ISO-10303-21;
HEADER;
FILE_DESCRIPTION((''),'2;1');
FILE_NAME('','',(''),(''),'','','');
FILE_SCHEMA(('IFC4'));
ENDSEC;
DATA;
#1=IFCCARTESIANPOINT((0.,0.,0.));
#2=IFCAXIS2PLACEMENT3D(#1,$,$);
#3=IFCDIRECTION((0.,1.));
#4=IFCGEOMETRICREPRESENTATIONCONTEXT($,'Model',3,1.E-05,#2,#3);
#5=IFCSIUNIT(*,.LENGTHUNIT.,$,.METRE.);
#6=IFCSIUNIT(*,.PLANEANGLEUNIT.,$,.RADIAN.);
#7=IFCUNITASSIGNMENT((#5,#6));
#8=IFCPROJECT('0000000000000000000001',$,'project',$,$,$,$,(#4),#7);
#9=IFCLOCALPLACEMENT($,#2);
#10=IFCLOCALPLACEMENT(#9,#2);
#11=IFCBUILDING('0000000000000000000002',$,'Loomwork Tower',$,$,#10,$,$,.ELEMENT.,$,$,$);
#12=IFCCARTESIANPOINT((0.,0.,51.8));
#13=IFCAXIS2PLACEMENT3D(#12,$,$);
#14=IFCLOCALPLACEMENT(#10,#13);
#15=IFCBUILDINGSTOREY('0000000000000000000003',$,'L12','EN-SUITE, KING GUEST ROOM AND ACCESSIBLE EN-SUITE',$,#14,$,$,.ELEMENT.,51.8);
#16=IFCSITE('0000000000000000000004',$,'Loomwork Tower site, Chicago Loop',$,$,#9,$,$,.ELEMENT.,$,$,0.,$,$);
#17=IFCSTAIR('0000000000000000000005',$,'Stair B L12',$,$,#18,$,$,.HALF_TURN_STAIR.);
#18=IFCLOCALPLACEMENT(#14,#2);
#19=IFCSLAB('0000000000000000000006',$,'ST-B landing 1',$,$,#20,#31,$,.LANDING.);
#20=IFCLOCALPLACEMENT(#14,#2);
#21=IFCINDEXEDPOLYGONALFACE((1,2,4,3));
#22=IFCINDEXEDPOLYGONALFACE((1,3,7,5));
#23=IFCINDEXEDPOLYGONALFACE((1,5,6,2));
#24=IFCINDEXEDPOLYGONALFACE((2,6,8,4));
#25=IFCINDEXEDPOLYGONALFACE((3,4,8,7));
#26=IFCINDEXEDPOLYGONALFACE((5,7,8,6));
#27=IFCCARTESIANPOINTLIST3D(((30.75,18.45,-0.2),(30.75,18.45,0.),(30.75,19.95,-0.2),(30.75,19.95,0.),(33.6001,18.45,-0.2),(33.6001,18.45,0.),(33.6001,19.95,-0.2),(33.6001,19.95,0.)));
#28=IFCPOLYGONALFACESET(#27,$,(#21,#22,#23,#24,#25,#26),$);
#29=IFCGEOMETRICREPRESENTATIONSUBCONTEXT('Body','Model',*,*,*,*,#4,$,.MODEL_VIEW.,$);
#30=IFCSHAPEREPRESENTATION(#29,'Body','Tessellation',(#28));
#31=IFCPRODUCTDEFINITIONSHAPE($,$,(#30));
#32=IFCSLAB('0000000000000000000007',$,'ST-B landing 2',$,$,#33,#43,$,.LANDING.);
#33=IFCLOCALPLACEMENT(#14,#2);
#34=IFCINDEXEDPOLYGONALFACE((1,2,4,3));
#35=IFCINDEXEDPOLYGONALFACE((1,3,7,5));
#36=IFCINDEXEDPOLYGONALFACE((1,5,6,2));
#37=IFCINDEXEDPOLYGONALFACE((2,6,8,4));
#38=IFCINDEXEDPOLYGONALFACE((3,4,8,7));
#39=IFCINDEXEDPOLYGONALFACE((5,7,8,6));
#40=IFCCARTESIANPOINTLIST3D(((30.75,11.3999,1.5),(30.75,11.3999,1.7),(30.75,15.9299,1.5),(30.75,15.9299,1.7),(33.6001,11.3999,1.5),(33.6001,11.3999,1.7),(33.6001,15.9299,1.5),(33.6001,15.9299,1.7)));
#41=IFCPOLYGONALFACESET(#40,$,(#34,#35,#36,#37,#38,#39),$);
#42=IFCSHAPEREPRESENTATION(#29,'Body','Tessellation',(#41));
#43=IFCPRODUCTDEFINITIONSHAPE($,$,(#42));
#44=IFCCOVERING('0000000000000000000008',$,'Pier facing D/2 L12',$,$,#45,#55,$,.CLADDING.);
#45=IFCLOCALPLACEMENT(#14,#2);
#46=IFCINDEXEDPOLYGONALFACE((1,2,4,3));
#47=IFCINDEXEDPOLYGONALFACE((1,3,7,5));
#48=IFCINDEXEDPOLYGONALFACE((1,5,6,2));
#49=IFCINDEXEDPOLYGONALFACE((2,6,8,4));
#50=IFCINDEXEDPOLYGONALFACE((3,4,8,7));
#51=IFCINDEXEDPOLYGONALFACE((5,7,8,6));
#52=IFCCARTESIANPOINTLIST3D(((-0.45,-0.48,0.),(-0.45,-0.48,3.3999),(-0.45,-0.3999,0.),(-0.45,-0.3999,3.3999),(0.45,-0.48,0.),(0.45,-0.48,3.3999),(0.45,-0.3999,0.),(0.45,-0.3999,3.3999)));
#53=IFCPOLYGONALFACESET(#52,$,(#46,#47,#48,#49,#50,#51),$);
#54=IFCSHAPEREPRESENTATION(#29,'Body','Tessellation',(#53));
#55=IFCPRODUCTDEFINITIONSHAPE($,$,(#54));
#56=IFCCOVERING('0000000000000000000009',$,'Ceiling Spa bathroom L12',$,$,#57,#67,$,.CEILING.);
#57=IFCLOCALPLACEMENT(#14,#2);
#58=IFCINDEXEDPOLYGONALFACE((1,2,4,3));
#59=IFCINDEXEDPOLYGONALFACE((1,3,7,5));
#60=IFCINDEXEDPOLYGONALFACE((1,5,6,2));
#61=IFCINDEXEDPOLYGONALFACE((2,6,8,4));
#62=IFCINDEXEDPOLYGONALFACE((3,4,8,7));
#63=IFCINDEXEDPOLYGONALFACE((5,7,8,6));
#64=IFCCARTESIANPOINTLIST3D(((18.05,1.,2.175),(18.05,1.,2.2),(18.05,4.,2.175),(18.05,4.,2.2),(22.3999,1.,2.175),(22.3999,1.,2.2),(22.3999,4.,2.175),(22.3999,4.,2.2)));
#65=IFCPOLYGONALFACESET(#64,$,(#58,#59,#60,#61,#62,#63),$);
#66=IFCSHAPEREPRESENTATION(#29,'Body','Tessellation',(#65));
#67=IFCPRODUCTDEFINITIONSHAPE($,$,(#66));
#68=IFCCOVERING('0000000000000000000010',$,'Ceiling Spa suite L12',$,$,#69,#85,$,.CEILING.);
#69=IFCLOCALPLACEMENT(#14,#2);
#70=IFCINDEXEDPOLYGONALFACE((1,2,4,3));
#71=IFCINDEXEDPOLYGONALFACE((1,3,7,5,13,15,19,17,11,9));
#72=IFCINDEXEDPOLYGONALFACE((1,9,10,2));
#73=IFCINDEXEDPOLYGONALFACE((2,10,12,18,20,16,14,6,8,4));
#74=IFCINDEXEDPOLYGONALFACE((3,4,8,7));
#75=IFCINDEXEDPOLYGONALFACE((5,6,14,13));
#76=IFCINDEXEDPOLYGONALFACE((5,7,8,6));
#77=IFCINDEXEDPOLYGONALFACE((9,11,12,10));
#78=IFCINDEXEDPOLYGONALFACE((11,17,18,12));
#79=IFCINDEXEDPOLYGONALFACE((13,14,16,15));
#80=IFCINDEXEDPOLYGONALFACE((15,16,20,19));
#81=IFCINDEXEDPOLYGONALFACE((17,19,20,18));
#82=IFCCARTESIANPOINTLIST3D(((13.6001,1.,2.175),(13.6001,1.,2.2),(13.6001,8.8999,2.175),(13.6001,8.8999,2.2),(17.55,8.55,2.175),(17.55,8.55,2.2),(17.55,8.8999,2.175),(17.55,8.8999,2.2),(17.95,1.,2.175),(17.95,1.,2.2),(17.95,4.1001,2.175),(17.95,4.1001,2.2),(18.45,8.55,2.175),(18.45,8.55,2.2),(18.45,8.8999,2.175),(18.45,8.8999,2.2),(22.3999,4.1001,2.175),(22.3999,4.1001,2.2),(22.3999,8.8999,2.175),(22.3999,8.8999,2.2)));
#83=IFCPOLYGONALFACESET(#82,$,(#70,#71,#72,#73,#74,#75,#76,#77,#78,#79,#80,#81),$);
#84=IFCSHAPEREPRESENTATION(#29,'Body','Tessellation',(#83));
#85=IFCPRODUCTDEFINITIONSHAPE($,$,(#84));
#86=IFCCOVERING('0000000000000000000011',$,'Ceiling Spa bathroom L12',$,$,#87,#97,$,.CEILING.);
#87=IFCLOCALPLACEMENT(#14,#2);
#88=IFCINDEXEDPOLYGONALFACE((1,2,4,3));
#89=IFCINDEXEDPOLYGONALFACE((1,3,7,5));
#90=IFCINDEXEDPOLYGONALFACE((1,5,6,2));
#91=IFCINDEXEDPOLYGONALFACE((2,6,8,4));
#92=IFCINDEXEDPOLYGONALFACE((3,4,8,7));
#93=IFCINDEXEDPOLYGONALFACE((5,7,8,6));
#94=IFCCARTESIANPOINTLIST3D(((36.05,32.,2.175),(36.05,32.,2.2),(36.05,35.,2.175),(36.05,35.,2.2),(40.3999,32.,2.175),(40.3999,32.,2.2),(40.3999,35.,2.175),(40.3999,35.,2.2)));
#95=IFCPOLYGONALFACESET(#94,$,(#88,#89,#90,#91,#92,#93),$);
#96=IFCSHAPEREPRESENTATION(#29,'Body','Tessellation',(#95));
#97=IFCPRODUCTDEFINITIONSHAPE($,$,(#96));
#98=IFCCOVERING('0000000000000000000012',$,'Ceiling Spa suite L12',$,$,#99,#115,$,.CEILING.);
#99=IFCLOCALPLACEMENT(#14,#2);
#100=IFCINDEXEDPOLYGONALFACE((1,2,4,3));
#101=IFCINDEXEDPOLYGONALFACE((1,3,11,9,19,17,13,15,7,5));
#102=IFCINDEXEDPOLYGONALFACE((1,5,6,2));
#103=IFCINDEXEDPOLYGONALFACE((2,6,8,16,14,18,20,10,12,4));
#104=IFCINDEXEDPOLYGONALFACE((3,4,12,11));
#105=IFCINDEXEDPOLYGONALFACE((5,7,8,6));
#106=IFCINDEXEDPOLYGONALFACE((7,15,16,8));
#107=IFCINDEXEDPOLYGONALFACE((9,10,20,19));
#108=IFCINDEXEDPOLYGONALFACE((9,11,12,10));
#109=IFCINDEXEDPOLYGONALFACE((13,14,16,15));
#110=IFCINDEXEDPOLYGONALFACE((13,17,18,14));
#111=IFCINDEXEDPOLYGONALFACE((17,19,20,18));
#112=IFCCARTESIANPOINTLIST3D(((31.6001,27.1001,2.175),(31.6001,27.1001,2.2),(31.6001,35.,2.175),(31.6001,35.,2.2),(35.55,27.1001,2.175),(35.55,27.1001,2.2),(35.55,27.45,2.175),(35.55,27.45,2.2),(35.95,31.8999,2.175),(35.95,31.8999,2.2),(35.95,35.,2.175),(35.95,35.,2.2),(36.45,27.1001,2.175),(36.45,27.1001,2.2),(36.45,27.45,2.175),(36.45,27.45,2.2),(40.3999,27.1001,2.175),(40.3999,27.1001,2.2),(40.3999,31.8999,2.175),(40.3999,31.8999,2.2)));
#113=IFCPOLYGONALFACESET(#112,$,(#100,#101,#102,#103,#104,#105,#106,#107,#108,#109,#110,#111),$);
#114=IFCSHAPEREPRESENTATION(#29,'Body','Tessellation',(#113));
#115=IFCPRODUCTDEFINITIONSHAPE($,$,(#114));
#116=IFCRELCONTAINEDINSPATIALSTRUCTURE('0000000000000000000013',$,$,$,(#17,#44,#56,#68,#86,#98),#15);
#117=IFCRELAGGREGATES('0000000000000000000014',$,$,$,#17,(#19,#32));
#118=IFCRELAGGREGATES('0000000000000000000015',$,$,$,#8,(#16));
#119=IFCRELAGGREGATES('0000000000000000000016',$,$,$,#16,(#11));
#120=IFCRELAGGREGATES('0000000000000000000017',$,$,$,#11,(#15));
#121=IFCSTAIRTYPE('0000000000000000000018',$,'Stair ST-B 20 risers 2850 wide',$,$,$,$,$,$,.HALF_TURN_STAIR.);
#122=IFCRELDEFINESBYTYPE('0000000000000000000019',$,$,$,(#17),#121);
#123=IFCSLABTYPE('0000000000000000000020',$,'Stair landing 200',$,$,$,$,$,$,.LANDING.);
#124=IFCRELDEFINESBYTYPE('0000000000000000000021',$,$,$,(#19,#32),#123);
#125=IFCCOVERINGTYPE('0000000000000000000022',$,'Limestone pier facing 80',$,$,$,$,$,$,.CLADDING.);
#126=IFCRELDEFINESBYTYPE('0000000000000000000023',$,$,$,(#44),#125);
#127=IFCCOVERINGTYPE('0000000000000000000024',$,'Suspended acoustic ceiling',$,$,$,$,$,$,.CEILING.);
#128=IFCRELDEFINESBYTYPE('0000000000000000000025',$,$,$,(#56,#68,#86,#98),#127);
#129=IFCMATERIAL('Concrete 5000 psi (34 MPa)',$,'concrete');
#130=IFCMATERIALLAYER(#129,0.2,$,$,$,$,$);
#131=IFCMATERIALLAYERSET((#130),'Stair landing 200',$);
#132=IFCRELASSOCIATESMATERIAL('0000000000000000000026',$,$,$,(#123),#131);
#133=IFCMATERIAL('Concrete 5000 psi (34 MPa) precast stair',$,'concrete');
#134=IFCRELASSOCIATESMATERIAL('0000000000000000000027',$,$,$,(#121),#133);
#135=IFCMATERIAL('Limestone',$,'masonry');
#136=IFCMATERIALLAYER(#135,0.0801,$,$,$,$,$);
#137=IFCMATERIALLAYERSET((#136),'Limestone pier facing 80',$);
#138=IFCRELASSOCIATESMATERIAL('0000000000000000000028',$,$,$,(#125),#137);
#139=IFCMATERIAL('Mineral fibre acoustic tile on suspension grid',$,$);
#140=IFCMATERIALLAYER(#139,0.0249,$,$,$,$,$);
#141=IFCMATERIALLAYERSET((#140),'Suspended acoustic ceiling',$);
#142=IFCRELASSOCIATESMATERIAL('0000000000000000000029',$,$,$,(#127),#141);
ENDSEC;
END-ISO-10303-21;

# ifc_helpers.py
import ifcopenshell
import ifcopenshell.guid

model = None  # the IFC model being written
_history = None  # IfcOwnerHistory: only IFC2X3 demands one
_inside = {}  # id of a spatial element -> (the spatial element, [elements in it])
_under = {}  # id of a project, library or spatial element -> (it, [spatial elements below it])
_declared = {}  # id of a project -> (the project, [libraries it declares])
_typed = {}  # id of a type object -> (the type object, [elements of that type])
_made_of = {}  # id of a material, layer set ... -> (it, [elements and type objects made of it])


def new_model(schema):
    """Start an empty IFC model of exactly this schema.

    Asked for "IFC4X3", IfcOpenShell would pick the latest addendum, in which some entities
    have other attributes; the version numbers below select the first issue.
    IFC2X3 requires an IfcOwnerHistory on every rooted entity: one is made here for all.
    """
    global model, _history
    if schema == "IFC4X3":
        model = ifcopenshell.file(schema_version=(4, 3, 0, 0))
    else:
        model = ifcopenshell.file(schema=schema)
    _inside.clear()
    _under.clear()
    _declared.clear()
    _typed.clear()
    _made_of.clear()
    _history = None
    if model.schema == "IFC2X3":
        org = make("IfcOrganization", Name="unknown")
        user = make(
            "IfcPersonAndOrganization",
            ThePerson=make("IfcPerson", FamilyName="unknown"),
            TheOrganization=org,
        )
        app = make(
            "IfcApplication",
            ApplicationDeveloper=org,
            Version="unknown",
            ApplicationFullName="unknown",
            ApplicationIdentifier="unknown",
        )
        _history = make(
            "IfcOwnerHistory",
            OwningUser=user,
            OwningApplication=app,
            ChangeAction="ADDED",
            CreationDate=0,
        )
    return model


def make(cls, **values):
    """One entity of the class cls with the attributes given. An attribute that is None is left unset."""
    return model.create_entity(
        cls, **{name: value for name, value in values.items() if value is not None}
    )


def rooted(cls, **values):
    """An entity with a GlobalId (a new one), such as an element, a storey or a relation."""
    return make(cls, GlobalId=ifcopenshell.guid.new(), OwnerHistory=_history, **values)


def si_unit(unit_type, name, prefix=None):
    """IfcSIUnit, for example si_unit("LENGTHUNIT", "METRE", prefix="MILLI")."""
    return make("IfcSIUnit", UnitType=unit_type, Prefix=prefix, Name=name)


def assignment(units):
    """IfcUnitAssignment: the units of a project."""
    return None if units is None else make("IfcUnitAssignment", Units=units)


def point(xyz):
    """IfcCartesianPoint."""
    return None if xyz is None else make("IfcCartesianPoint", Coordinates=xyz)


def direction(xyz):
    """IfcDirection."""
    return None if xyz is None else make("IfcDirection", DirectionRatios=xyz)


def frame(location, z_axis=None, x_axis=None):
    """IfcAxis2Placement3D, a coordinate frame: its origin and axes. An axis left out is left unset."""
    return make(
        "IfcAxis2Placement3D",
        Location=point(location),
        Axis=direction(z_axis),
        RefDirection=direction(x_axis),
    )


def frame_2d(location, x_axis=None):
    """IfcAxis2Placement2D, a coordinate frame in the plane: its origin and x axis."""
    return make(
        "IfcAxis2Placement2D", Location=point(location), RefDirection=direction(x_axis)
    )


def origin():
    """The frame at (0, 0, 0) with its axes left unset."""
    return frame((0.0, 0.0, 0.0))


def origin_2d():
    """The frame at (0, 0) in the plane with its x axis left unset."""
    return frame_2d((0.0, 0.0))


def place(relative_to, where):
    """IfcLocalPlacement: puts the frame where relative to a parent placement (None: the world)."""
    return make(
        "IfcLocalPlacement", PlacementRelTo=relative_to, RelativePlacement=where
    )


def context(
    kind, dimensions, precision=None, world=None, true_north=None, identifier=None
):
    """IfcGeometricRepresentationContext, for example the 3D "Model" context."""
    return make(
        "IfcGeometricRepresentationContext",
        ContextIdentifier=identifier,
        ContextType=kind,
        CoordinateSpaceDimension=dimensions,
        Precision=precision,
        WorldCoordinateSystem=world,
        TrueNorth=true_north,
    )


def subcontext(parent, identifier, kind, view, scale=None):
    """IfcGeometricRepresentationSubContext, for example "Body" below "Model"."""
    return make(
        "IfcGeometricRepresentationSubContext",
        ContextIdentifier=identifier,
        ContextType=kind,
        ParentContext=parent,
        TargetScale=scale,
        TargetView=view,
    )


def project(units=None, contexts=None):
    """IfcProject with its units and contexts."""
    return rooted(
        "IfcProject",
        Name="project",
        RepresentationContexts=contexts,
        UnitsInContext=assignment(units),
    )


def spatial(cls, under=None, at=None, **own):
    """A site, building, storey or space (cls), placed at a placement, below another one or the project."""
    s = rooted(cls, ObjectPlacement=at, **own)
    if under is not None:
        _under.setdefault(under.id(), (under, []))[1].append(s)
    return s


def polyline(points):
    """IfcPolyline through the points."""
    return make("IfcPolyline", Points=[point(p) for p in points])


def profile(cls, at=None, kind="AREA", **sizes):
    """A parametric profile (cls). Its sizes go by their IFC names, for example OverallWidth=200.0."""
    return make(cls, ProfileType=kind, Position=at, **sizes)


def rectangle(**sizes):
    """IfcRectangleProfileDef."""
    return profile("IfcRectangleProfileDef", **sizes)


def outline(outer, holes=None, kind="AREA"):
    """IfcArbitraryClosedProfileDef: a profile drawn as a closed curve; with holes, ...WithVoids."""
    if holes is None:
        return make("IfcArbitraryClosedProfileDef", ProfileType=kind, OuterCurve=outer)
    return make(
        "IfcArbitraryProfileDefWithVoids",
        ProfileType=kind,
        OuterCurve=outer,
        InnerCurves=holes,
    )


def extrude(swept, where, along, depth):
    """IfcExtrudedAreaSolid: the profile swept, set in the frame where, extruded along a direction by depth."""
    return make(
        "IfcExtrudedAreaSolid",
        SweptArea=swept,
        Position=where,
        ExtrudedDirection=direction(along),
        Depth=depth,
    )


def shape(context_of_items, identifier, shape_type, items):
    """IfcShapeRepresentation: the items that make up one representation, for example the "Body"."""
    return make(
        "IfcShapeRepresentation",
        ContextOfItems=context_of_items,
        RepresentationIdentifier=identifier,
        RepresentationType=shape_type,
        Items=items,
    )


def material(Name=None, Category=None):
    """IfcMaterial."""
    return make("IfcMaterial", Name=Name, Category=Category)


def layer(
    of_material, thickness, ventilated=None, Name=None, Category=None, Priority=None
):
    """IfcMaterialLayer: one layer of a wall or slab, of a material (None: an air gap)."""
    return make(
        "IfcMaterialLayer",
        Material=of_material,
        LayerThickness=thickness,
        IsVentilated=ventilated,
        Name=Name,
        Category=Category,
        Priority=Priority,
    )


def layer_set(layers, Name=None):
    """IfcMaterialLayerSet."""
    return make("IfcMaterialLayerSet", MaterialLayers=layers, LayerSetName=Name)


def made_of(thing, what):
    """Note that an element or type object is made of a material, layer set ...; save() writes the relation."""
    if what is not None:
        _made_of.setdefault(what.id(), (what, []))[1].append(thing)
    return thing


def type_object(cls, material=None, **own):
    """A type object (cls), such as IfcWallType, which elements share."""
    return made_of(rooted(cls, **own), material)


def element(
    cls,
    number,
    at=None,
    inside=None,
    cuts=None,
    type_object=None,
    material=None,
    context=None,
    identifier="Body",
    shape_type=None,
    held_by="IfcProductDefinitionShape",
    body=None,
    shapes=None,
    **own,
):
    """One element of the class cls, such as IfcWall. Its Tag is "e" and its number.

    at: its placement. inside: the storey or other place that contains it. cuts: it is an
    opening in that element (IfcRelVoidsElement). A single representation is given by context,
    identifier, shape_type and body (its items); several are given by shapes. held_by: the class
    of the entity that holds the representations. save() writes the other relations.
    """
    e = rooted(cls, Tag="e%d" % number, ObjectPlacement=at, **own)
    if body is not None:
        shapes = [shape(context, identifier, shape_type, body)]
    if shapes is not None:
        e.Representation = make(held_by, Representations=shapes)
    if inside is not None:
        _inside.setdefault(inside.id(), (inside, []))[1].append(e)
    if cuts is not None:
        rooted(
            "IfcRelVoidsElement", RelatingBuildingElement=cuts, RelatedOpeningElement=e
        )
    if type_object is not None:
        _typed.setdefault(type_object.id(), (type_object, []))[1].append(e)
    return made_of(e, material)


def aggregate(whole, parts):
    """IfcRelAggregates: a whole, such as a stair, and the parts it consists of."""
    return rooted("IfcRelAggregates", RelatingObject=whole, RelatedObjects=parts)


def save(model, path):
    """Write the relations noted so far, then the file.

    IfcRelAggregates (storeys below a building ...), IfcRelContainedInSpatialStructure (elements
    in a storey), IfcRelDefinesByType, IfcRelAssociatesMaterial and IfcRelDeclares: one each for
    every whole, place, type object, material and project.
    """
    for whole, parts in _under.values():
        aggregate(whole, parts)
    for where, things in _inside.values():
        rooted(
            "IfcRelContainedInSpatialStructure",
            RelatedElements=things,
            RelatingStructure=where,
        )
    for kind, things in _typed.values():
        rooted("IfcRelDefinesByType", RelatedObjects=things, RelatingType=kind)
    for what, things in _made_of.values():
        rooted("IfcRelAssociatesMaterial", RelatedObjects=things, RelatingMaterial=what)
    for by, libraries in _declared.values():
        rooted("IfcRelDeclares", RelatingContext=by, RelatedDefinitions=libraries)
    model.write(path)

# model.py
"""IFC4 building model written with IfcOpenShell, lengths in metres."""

from ifc_helpers import new_model, si_unit, direction, frame, origin, origin_2d, place, context, subcontext, project, spatial, polyline, rectangle, outline, extrude, material, layer, layer_set, type_object, element, aggregate, save


model = new_model("IFC4")

# Units and contexts
model_context = context("Model", 3, precision=1e-05, world=origin(), true_north=direction((0.0, 1.0)))
body_context = subcontext(model_context, "Body", "Model", "MODEL_VIEW")
ifc_project = project(units=[si_unit("LENGTHUNIT", "METRE"), si_unit("PLANEANGLEUNIT", "RADIAN")], contexts=[model_context])

# Site, building, storey
site_placement = place(None, origin())
site = spatial("IfcSite", under=ifc_project, at=site_placement, Name="Loomwork Tower site, Chicago Loop", CompositionType="ELEMENT", RefElevation=0.0)
building_placement = place(site_placement, origin())
building = spatial("IfcBuilding", under=site, at=building_placement, Name="Loomwork Tower", CompositionType="ELEMENT")
storey_placement = place(building_placement, frame((0.0, 0.0, 51.8)))
storey = spatial("IfcBuildingStorey", under=building, at=storey_placement, Name="L12", Description="EN-SUITE, KING GUEST ROOM AND ACCESSIBLE EN-SUITE", CompositionType="ELEMENT", Elevation=51.8)

# Stair, slabs
ifc_material_1 = material(Name="Concrete 5000 psi (34 MPa)", Category="concrete")
ifc_layer_1 = layer(ifc_material_1, 0.2)
ifc_layer_set_1 = layer_set([ifc_layer_1], Name="Stair landing 200")
slab_type_1 = type_object("IfcSlabType", Name="Stair landing 200", PredefinedType="LANDING", material=ifc_layer_set_1)
ifc_material_2 = material(Name="Concrete 5000 psi (34 MPa) precast stair", Category="concrete")
stair_type_1 = type_object("IfcStairType", Name="Stair ST-B 20 risers 2850 wide", PredefinedType="HALF_TURN_STAIR", material=ifc_material_2)
stair_1_placement = place(storey_placement, origin())
stair_1 = element("IfcStair", 1, at=stair_1_placement, inside=storey, type_object=stair_type_1, Name="Stair B L12", PredefinedType="HALF_TURN_STAIR")
slab_1_placement = place(storey_placement, frame((0.0, 0.0, -0.2)))
slab_1 = element("IfcSlab", 2, at=slab_1_placement, type_object=slab_type_1, Name="ST-B landing 1", PredefinedType="LANDING", context=body_context, shape_type="SweptSolid", body=[
    extrude(outline(polyline([(30.75, 18.45), (33.6001, 18.45), (33.6001, 19.95), (30.75, 19.95), (30.75, 18.45)])), origin(), (0.0, 0.0, 1.0), 0.2),
])
slab_2_placement = place(storey_placement, frame((0.0, 0.0, 1.5)))
slab_2 = element("IfcSlab", 3, at=slab_2_placement, type_object=slab_type_1, Name="ST-B landing 2", PredefinedType="LANDING", context=body_context, shape_type="SweptSolid", body=[
    extrude(outline(polyline([(30.75, 11.3999), (33.6001, 11.3999), (33.6001, 15.9299), (30.75, 15.9299), (30.75, 11.3999)])), origin(), (0.0, 0.0, 1.0), 0.2),
])
aggregate(stair_1, [slab_1, slab_2])

# Coverings
ifc_material_3 = material(Name="Limestone", Category="masonry")
ifc_layer_2 = layer(ifc_material_3, 0.0801)
ifc_layer_set_2 = layer_set([ifc_layer_2], Name="Limestone pier facing 80")
covering_type_1 = type_object("IfcCoveringType", Name="Limestone pier facing 80", PredefinedType="CLADDING", material=ifc_layer_set_2)
covering_1_placement = place(storey_placement, frame((0.0, -0.4399, 0.0), z_axis=(0.0, 0.0, 1.0), x_axis=(1.0, 0.0, 0.0)))
element("IfcCovering", 4, at=covering_1_placement, inside=storey, type_object=covering_type_1, Name="Pier facing D/2 L12", PredefinedType="CLADDING", context=body_context, shape_type="SweptSolid", body=[
    extrude(rectangle(XDim=0.8999, YDim=0.0801, at=origin_2d()), origin(), (0.0, 0.0, 1.0), 3.3999),
])
ifc_material_4 = material(Name="Mineral fibre acoustic tile on suspension grid")
ifc_layer_3 = layer(ifc_material_4, 0.0249)
ifc_layer_set_3 = layer_set([ifc_layer_3], Name="Suspended acoustic ceiling")
covering_type_2 = type_object("IfcCoveringType", Name="Suspended acoustic ceiling", PredefinedType="CEILING", material=ifc_layer_set_3)
covering_2_placement = place(storey_placement, frame((0.0, 0.0, 2.175)))
element("IfcCovering", 5, at=covering_2_placement, inside=storey, type_object=covering_type_2, Name="Ceiling Spa bathroom L12", PredefinedType="CEILING", context=body_context, shape_type="SweptSolid", body=[
    extrude(outline(polyline([(22.3999, 4.0), (22.3999, 1.0), (18.05, 1.0), (18.05, 4.0), (22.3999, 4.0)])), origin(), (0.0, 0.0, 1.0), 0.0249),
])
covering_3_placement = place(storey_placement, frame((0.0, 0.0, 2.175)))
element("IfcCovering", 6, at=covering_3_placement, inside=storey, type_object=covering_type_2, Name="Ceiling Spa suite L12", PredefinedType="CEILING", context=body_context, shape_type="SweptSolid", body=[
    extrude(outline(polyline([(17.55, 8.8999), (17.55, 8.55), (18.45, 8.55), (18.45, 8.8999), (22.3999, 8.8999), (22.3999, 4.1001), (17.95, 4.1001), (17.95, 1.0), (13.6001, 1.0), (13.6001, 8.8999), (17.55, 8.8999)])), origin(), (0.0, 0.0, 1.0), 0.0249),
])
covering_4_placement = place(storey_placement, frame((0.0, 0.0, 2.175)))
element("IfcCovering", 7, at=covering_4_placement, inside=storey, type_object=covering_type_2, Name="Ceiling Spa bathroom L12", PredefinedType="CEILING", context=body_context, shape_type="SweptSolid", body=[
    extrude(outline(polyline([(36.05, 35.0), (40.3999, 35.0), (40.3999, 32.0), (36.05, 32.0), (36.05, 35.0)])), origin(), (0.0, 0.0, 1.0), 0.0249),
])
covering_5_placement = place(storey_placement, frame((0.0, 0.0, 2.175)))
element("IfcCovering", 8, at=covering_5_placement, inside=storey, type_object=covering_type_2, Name="Ceiling Spa suite L12", PredefinedType="CEILING", context=body_context, shape_type="SweptSolid", body=[
    extrude(outline(polyline([(31.6001, 35.0), (35.95, 35.0), (35.95, 31.8999), (40.3999, 31.8999), (40.3999, 27.1001), (36.45, 27.1001), (36.45, 27.45), (35.55, 27.45), (35.55, 27.1001), (31.6001, 27.1001), (31.6001, 35.0)])), origin(), (0.0, 0.0, 1.0), 0.0249),
])

save(model, "model.ifc")
